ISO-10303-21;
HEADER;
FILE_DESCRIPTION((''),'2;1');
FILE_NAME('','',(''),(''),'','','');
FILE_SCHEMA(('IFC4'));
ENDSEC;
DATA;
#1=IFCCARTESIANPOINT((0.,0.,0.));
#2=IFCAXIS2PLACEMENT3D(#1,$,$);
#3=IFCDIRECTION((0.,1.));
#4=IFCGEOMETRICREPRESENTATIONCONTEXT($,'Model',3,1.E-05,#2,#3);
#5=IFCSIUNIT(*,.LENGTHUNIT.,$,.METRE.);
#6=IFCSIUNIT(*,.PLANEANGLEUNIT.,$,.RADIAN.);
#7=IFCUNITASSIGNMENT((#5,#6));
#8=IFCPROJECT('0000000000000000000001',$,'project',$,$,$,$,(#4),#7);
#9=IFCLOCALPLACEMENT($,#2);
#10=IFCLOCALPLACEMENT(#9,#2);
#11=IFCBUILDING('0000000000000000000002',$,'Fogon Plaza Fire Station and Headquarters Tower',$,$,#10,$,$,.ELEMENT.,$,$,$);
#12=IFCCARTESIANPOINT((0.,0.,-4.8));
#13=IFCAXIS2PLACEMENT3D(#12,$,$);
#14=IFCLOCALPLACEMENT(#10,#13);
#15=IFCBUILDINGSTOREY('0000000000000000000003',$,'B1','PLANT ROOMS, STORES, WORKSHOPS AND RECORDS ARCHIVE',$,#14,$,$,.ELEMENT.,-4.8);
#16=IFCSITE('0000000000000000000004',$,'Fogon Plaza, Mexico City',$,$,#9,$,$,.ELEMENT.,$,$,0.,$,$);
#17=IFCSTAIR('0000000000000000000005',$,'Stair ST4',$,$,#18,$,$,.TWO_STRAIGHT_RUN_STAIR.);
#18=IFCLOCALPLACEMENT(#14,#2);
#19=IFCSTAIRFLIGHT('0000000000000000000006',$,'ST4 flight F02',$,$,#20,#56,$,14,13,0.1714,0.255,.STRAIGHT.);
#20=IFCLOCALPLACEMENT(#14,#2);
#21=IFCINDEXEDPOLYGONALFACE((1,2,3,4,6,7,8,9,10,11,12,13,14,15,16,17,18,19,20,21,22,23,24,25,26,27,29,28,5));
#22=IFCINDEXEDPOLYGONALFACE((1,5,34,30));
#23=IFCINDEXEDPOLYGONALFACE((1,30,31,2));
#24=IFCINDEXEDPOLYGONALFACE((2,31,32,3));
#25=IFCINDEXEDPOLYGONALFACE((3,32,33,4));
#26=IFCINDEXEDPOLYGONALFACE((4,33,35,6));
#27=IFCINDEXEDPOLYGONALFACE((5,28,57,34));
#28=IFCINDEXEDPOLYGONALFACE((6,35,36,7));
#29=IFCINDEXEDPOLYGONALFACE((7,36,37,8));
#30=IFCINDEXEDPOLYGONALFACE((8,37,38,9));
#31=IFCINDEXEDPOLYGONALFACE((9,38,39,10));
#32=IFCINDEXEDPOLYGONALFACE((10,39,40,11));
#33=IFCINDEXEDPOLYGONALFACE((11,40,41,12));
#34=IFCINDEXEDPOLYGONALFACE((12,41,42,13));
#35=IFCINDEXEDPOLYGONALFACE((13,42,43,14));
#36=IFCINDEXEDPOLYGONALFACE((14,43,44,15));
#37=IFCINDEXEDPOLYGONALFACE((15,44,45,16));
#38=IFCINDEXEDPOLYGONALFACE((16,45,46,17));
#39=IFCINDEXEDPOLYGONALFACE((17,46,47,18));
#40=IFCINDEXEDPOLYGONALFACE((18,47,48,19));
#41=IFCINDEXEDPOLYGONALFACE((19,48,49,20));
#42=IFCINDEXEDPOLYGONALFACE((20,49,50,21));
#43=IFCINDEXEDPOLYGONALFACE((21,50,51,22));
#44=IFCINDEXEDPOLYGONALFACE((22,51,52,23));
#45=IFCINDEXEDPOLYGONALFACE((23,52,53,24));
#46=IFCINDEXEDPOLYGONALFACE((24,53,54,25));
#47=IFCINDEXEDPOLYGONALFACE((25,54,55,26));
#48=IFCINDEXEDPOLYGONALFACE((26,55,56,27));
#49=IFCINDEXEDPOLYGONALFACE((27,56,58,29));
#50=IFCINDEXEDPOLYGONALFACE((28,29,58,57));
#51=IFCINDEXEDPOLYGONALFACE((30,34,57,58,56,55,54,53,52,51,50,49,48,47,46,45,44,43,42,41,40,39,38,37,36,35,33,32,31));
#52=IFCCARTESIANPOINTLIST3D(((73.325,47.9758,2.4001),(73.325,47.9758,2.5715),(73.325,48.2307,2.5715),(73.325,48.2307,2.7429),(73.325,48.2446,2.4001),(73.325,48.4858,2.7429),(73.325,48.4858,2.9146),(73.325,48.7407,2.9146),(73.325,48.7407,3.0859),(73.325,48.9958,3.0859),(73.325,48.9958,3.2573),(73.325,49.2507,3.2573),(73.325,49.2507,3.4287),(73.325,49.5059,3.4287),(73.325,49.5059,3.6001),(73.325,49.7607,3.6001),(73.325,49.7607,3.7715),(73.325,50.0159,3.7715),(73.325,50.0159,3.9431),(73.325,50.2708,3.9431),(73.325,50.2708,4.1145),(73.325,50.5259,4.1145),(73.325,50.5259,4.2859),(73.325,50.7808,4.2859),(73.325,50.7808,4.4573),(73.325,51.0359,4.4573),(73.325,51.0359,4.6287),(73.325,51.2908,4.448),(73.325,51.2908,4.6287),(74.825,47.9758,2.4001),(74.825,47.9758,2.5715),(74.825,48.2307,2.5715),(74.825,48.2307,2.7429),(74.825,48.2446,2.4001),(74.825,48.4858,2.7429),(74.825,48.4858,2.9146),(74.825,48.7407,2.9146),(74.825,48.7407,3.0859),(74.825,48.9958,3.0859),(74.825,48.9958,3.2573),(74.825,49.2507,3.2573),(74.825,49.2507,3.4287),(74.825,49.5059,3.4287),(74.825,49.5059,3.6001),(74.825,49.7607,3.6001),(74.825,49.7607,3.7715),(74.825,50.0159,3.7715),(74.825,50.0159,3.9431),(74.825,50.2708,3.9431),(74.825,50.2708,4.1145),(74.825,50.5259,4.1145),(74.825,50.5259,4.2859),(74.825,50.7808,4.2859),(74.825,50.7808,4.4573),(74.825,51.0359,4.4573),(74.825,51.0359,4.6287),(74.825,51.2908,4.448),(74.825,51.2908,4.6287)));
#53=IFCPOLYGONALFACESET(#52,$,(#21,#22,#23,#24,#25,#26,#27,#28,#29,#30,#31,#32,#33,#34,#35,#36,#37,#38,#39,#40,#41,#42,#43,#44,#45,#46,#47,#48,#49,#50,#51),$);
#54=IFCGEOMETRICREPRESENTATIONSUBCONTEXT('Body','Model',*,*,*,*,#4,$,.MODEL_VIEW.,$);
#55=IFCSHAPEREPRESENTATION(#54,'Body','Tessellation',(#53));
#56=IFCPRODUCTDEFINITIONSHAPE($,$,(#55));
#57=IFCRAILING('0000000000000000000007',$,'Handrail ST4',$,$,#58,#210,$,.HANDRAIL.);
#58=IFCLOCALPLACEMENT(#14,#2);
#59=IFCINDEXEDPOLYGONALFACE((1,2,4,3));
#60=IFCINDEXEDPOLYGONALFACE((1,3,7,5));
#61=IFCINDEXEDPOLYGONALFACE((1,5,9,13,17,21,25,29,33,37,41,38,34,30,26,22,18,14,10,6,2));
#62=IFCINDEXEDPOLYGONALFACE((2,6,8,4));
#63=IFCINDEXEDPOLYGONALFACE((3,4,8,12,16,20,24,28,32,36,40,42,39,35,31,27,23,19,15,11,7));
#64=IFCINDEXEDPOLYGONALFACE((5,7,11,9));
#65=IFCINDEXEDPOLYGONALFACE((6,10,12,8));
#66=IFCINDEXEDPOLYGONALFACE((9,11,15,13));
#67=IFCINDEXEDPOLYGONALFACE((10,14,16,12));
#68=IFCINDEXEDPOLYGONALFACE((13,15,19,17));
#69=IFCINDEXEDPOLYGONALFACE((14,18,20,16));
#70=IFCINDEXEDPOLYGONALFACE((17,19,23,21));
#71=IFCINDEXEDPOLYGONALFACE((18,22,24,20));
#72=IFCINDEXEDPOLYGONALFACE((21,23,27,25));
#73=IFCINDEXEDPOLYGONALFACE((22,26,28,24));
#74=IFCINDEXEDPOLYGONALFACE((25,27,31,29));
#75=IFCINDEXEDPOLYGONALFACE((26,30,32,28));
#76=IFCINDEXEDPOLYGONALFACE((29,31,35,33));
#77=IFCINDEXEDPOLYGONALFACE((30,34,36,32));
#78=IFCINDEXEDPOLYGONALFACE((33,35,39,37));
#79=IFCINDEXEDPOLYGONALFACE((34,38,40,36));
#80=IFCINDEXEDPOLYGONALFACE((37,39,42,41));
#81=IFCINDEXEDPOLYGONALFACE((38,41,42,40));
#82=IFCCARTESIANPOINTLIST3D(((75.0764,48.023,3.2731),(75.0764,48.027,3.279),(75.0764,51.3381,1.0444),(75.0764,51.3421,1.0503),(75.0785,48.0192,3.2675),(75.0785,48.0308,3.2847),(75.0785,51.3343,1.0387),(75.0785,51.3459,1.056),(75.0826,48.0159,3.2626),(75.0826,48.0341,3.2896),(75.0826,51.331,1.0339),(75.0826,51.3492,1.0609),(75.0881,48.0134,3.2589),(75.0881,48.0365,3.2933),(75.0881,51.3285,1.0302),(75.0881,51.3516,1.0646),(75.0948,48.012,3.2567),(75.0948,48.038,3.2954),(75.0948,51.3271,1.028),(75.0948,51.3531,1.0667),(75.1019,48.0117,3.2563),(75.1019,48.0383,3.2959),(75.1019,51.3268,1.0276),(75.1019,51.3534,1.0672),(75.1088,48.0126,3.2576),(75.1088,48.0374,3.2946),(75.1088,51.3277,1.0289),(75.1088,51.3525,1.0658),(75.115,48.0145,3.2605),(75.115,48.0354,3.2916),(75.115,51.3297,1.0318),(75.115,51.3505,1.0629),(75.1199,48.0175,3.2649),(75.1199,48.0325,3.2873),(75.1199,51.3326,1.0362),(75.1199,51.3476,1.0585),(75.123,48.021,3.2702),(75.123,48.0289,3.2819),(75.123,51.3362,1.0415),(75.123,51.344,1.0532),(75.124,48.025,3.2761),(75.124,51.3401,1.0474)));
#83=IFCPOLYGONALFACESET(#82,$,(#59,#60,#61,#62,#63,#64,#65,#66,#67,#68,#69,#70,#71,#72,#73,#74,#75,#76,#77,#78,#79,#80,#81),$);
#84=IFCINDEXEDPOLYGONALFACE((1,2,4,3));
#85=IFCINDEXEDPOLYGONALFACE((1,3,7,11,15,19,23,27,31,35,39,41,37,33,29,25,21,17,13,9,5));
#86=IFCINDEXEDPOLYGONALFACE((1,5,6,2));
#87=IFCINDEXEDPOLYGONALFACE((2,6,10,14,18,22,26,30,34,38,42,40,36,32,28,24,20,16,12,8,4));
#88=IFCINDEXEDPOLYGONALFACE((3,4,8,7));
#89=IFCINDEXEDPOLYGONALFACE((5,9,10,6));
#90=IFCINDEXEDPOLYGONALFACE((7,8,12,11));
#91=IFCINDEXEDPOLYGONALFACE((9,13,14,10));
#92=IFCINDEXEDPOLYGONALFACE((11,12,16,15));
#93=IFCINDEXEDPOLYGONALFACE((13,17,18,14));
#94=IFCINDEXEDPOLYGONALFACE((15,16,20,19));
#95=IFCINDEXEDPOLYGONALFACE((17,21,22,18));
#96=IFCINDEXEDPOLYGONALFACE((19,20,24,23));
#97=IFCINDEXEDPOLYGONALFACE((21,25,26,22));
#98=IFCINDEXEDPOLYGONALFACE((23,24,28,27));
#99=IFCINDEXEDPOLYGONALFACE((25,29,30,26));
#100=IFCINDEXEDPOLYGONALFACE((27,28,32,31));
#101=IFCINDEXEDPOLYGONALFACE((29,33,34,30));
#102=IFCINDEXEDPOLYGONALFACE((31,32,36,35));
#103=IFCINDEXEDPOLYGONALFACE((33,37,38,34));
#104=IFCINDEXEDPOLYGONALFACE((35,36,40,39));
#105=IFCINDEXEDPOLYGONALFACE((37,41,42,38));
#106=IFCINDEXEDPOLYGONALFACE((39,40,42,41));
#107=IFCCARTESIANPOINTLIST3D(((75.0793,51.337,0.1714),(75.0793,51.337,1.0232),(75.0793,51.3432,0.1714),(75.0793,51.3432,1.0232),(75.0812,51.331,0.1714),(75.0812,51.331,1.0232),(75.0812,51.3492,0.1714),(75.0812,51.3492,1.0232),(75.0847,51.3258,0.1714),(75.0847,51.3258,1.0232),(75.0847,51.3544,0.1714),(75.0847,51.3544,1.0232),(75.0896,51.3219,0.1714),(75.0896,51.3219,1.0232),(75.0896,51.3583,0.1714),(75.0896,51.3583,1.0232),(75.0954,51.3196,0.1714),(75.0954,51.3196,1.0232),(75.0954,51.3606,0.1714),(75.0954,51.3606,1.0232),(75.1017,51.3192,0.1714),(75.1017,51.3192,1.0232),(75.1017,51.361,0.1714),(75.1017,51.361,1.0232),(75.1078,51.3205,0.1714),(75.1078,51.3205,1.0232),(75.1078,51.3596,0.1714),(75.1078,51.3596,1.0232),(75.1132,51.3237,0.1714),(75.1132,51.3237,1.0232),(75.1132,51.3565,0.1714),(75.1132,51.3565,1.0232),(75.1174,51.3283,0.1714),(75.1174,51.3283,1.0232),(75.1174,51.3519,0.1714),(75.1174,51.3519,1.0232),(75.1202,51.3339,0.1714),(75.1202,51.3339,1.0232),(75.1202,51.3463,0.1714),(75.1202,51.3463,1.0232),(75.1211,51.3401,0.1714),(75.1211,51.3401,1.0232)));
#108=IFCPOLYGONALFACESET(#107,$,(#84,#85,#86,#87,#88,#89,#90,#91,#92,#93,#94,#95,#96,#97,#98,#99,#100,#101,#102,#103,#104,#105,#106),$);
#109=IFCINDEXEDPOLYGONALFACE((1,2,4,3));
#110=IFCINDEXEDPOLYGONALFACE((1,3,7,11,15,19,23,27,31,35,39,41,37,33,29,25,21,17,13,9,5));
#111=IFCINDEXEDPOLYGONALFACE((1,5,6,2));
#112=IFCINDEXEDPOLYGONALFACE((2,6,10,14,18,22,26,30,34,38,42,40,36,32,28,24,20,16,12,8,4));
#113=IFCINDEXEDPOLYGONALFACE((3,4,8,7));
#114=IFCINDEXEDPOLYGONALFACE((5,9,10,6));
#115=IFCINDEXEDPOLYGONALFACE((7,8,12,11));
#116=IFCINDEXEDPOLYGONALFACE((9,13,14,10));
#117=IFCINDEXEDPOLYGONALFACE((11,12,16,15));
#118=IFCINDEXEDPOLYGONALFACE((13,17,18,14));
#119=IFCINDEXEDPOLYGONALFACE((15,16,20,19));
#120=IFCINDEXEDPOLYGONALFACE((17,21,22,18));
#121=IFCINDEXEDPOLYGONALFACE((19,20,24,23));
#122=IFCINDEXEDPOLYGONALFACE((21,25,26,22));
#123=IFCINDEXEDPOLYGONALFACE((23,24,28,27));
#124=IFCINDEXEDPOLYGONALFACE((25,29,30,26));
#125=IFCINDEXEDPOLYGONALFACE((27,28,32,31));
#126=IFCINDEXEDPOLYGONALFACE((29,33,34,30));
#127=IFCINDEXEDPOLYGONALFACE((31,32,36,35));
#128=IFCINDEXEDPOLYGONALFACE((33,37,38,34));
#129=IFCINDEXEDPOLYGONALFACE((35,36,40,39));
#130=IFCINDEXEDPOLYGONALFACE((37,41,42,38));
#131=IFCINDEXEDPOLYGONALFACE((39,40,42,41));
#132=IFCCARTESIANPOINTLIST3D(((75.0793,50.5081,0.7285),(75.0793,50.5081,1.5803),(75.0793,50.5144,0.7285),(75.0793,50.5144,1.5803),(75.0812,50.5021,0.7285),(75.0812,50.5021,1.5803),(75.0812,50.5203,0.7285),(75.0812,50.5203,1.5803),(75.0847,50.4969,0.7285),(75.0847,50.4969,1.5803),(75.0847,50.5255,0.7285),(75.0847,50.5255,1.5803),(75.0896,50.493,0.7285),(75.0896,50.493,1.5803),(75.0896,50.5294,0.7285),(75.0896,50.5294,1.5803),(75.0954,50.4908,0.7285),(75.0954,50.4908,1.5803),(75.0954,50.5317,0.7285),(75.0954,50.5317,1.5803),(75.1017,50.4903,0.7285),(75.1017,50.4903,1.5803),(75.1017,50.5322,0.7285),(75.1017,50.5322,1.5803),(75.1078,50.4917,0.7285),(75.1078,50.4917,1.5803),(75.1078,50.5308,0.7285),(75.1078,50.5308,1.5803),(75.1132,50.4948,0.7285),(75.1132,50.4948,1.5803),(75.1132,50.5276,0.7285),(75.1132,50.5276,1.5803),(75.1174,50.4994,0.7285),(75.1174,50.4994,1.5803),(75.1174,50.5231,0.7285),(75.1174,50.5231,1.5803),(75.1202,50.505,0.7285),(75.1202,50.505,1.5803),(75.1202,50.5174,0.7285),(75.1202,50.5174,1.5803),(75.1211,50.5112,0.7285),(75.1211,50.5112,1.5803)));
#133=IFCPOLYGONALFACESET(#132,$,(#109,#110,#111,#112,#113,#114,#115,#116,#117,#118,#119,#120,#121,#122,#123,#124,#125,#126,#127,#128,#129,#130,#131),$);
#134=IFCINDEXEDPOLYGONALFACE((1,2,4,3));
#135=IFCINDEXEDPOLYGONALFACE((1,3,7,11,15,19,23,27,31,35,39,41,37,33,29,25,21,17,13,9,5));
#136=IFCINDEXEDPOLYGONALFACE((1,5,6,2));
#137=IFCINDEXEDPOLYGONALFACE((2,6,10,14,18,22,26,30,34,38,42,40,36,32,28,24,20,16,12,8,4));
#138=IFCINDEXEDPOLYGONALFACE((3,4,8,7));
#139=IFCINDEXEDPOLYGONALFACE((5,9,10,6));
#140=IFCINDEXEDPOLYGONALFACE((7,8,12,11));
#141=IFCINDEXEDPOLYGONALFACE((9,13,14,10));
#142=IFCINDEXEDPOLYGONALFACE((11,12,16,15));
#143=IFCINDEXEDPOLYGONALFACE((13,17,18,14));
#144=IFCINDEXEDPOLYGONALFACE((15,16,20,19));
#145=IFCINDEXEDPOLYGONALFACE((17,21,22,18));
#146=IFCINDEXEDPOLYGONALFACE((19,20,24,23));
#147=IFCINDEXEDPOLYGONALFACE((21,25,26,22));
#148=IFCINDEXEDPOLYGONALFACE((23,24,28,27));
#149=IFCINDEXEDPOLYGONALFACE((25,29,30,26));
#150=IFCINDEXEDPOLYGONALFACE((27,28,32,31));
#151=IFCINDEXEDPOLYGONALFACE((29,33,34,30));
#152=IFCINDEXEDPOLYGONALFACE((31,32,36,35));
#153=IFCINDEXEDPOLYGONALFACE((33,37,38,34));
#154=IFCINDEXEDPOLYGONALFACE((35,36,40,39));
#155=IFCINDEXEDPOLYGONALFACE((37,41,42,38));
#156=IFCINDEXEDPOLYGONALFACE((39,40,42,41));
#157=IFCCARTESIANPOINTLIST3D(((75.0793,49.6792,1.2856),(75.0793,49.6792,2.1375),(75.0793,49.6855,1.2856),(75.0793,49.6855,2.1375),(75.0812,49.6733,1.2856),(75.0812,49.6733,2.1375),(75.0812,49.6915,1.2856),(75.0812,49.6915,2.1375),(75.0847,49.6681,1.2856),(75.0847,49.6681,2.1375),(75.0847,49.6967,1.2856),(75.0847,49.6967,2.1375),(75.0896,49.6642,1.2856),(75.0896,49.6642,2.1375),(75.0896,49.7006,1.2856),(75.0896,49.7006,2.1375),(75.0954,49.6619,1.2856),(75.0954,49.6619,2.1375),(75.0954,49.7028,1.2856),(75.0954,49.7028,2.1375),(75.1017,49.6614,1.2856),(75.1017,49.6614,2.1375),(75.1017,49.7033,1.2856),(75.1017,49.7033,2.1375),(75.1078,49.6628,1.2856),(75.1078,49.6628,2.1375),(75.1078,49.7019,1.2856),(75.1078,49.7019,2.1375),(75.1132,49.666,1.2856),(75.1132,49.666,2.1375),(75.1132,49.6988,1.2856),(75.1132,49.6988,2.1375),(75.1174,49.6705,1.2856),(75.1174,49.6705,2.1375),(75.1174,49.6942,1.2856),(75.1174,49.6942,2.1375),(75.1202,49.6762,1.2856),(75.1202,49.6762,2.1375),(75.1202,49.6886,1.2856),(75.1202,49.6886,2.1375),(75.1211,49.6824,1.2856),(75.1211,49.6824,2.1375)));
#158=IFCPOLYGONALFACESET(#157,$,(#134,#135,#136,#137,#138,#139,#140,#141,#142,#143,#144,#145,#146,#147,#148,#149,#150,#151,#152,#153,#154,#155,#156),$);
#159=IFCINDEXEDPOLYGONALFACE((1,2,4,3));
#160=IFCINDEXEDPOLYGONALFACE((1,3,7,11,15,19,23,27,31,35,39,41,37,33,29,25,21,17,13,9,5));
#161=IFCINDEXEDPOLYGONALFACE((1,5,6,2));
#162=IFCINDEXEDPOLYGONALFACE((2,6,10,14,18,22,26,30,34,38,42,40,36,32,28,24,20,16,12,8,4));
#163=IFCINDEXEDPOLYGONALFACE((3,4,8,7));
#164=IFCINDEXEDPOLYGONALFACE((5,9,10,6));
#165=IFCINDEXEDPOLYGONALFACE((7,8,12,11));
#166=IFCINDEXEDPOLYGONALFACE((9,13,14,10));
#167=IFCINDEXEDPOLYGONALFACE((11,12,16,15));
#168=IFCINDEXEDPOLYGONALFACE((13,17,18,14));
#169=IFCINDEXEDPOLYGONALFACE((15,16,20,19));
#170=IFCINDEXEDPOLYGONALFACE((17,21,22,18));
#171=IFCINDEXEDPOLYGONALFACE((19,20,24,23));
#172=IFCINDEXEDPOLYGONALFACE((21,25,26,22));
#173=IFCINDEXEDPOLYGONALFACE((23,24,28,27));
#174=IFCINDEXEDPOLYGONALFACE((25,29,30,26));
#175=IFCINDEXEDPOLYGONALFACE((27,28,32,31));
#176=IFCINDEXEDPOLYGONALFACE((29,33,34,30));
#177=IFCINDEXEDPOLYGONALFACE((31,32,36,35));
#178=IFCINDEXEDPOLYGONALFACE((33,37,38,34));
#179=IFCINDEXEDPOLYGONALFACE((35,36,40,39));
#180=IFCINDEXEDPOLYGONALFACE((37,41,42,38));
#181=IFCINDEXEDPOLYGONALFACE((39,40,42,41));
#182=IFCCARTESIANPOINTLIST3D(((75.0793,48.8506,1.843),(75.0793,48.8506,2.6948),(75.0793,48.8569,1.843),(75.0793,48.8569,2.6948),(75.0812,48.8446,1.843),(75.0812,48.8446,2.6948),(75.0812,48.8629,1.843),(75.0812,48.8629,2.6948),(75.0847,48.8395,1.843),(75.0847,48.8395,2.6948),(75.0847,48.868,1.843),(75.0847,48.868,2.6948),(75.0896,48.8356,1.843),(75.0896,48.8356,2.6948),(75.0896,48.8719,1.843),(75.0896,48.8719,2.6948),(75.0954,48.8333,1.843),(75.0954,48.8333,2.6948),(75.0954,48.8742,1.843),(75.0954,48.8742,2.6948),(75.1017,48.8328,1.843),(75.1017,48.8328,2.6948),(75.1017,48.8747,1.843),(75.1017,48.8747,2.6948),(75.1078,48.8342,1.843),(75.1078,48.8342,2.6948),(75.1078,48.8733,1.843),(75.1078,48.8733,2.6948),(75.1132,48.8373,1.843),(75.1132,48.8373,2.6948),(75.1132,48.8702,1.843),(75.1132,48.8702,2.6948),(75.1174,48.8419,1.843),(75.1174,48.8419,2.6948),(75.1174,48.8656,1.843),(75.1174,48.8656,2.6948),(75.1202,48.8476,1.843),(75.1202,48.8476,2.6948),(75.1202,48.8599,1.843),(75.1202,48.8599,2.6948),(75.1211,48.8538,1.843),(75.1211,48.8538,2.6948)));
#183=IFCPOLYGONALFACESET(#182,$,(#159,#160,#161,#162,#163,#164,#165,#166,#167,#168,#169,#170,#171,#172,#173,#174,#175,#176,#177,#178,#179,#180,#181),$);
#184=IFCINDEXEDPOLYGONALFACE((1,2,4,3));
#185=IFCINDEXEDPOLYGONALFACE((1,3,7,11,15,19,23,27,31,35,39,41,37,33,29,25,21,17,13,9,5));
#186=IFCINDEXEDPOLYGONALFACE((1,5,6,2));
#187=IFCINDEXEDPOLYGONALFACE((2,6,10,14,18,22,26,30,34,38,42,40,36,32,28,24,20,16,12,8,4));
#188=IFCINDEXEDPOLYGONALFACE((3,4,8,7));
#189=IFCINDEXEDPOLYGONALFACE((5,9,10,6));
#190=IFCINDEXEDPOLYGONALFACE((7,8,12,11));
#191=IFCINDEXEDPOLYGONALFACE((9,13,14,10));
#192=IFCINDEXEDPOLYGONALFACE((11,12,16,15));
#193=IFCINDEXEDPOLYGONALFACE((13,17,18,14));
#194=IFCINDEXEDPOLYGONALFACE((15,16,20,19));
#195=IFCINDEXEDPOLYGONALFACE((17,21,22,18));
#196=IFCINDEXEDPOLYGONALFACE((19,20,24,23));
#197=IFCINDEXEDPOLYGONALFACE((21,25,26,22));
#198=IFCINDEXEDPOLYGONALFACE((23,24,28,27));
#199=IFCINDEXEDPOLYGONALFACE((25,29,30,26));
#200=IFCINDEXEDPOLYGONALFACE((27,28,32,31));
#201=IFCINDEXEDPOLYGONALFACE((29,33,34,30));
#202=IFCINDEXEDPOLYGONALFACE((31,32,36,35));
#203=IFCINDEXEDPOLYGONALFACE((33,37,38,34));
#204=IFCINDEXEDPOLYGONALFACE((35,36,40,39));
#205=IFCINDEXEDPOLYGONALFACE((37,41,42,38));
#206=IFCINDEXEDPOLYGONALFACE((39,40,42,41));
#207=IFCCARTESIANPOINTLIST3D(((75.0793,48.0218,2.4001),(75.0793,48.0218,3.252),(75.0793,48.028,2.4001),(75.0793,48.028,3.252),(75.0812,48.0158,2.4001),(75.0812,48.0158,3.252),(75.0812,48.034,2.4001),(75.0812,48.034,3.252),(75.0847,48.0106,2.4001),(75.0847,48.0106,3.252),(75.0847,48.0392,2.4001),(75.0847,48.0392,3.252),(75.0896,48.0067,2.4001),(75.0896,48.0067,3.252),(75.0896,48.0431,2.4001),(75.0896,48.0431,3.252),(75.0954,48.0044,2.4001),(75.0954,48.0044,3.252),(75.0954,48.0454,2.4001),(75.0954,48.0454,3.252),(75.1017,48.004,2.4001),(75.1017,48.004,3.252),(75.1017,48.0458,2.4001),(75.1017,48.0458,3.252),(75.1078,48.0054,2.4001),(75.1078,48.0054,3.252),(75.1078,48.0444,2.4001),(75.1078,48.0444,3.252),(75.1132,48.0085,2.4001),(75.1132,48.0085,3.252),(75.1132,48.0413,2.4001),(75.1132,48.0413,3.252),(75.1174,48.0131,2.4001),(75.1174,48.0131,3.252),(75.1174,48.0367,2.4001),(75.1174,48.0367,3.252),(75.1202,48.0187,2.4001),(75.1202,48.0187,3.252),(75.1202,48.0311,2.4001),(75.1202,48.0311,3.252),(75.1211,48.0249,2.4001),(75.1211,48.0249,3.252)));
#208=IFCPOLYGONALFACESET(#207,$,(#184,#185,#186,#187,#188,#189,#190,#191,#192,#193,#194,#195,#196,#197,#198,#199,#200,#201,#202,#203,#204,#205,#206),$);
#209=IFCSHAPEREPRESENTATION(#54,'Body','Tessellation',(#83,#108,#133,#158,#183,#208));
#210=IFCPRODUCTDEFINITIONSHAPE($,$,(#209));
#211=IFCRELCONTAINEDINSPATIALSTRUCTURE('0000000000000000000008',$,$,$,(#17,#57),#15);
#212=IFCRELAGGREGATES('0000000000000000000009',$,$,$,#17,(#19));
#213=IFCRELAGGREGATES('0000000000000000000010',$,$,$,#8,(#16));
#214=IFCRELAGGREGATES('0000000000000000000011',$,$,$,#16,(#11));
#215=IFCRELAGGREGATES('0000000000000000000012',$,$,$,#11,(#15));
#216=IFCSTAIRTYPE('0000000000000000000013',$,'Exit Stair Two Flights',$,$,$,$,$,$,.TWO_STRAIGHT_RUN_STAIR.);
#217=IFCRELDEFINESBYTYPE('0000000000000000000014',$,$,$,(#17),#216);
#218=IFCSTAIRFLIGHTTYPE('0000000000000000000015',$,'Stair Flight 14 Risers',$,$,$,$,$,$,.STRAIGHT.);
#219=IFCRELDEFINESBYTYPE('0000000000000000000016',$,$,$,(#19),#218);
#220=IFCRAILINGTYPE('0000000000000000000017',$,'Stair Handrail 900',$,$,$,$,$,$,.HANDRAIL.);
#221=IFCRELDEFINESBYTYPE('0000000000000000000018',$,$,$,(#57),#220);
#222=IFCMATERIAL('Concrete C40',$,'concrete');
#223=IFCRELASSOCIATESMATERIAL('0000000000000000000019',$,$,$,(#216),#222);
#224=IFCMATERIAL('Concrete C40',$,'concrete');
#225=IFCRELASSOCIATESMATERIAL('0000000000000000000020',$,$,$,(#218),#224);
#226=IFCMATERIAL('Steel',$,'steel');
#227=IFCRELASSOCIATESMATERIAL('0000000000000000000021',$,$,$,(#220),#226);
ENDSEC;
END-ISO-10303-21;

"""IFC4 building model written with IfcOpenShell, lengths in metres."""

from ifc_helpers import new_model, si_unit, direction, frame, origin, origin_2d, place, context, subcontext, project, spatial, polyline, circle, outline, extrude, material, type_object, element, aggregate, save


model = new_model("IFC4")

# Units and contexts
model_context = context("Model", 3, precision=1e-05, world=origin(), true_north=direction((0.0, 1.0)))
body_context = subcontext(model_context, "Body", "Model", "MODEL_VIEW")
ifc_project = project(units=[si_unit("LENGTHUNIT", "METRE"), si_unit("PLANEANGLEUNIT", "RADIAN")], contexts=[model_context])

# Site, building, storey
site_placement = place(None, origin())
site = spatial("IfcSite", under=ifc_project, at=site_placement, Name="Fogon Plaza, Mexico City", CompositionType="ELEMENT", RefElevation=0.0)
building_placement = place(site_placement, origin())
building = spatial("IfcBuilding", under=site, at=building_placement, Name="Fogon Plaza Fire Station and Headquarters Tower", CompositionType="ELEMENT")
storey_placement = place(building_placement, frame((0.0, 0.0, -4.8)))
storey = spatial("IfcBuildingStorey", under=building, at=storey_placement, Name="B1", Description="PLANT ROOMS, STORES, WORKSHOPS AND RECORDS ARCHIVE", CompositionType="ELEMENT", Elevation=-4.8)

# Stair, stair flight
ifc_material_1 = material(Name="Concrete C40", Category="concrete")
stair_type = type_object("IfcStairType", Name="Exit Stair Two Flights", PredefinedType="TWO_STRAIGHT_RUN_STAIR", material=ifc_material_1)
stair_placement = place(storey_placement, origin())
stair = element("IfcStair", 1, at=stair_placement, inside=storey, type_object=stair_type, Name="Stair ST4", PredefinedType="TWO_STRAIGHT_RUN_STAIR")
ifc_material_2 = material(Name="Concrete C40", Category="concrete")
stair_flight_type = type_object("IfcStairFlightType", Name="Stair Flight 14 Risers", PredefinedType="STRAIGHT", material=ifc_material_2)
stair_flight_1_placement = place(storey_placement, frame((74.075, 47.9758, 2.4001), z_axis=(0.0, 0.0, 1.0), x_axis=(0.0, 1.0, 0.0)))
stair_flight_1 = element("IfcStairFlight", 2, at=stair_flight_1_placement, type_object=stair_flight_type, Name="ST4 flight F02", NumberOfRisers=14, NumberOfTreads=13, PredefinedType="STRAIGHT", RiserHeight=0.1714, TreadLength=0.255, context=body_context, shape_type="SweptSolid", body=[
    extrude(outline(polyline([(0.0, 0.0), (0.0, 0.1714), (0.2549, 0.1714), (0.2549, 0.3428), (0.51, 0.3428), (0.51, 0.5144), (0.7649, 0.5144), (0.7649, 0.6858), (1.02, 0.6858), (1.02, 0.8572), (1.2749, 0.8572), (1.2749, 1.0286), (1.53, 1.0286), (1.53, 1.2), (1.7849, 1.2), (1.7849, 1.3713), (2.04, 1.3713), (2.04, 1.543), (2.2949, 1.543), (2.2949, 1.7144), (2.55, 1.7144), (2.55, 1.8857), (2.8049, 1.8857), (2.8049, 2.0571), (3.0601, 2.0571), (3.0601, 2.2285), (3.3149, 2.2285), (3.3149, 2.3999), (3.3149, 2.0479), (0.2688, 0.0), (0.0, 0.0)])), frame((0.0, 0.75, 0.0), z_axis=(0.0, -1.0, 0.0), x_axis=(1.0, 0.0, 0.0)), (0.0, 0.0, 1.0), 1.5),
])
aggregate(stair, [stair_flight_1])

# Railing
ifc_material_3 = material(Name="Steel", Category="steel")
railing_type = type_object("IfcRailingType", Name="Stair Handrail 900", PredefinedType="HANDRAIL", material=ifc_material_3)
railing_placement = place(storey_placement, frame((75.1001, 51.3401, 0.1714)))
element("IfcRailing", 3, at=railing_placement, inside=storey, type_object=railing_type, Name="Handrail ST4", PredefinedType="HANDRAIL", context=body_context, shape_type="SweptSolid", body=[
    extrude(circle(Radius=0.0239, at=origin_2d()), frame((0.0, 0.0, 0.876), z_axis=(0.0, -0.829891, 0.557926), x_axis=(1.0, 0.0, 0.0)), (0.0, 0.0, 1.0), 3.9946),
    extrude(circle(Radius=0.021, at=origin_2d()), origin(), (0.0, 0.0, 1.0), 0.8518),
    extrude(circle(Radius=0.021, at=origin_2d()), frame((0.0, -0.8289, 0.5571)), (0.0, 0.0, 1.0), 0.8518),
    extrude(circle(Radius=0.021, at=origin_2d()), frame((0.0, -1.6577, 1.1143)), (0.0, 0.0, 1.0), 0.8518),
    extrude(circle(Radius=0.021, at=origin_2d()), frame((0.0, -2.4863, 1.6716)), (0.0, 0.0, 1.0), 0.8518),
    extrude(circle(Radius=0.021, at=origin_2d()), frame((0.0, -3.3152, 2.2288)), (0.0, 0.0, 1.0), 0.8518),
])

save(model, "model.ifc")
